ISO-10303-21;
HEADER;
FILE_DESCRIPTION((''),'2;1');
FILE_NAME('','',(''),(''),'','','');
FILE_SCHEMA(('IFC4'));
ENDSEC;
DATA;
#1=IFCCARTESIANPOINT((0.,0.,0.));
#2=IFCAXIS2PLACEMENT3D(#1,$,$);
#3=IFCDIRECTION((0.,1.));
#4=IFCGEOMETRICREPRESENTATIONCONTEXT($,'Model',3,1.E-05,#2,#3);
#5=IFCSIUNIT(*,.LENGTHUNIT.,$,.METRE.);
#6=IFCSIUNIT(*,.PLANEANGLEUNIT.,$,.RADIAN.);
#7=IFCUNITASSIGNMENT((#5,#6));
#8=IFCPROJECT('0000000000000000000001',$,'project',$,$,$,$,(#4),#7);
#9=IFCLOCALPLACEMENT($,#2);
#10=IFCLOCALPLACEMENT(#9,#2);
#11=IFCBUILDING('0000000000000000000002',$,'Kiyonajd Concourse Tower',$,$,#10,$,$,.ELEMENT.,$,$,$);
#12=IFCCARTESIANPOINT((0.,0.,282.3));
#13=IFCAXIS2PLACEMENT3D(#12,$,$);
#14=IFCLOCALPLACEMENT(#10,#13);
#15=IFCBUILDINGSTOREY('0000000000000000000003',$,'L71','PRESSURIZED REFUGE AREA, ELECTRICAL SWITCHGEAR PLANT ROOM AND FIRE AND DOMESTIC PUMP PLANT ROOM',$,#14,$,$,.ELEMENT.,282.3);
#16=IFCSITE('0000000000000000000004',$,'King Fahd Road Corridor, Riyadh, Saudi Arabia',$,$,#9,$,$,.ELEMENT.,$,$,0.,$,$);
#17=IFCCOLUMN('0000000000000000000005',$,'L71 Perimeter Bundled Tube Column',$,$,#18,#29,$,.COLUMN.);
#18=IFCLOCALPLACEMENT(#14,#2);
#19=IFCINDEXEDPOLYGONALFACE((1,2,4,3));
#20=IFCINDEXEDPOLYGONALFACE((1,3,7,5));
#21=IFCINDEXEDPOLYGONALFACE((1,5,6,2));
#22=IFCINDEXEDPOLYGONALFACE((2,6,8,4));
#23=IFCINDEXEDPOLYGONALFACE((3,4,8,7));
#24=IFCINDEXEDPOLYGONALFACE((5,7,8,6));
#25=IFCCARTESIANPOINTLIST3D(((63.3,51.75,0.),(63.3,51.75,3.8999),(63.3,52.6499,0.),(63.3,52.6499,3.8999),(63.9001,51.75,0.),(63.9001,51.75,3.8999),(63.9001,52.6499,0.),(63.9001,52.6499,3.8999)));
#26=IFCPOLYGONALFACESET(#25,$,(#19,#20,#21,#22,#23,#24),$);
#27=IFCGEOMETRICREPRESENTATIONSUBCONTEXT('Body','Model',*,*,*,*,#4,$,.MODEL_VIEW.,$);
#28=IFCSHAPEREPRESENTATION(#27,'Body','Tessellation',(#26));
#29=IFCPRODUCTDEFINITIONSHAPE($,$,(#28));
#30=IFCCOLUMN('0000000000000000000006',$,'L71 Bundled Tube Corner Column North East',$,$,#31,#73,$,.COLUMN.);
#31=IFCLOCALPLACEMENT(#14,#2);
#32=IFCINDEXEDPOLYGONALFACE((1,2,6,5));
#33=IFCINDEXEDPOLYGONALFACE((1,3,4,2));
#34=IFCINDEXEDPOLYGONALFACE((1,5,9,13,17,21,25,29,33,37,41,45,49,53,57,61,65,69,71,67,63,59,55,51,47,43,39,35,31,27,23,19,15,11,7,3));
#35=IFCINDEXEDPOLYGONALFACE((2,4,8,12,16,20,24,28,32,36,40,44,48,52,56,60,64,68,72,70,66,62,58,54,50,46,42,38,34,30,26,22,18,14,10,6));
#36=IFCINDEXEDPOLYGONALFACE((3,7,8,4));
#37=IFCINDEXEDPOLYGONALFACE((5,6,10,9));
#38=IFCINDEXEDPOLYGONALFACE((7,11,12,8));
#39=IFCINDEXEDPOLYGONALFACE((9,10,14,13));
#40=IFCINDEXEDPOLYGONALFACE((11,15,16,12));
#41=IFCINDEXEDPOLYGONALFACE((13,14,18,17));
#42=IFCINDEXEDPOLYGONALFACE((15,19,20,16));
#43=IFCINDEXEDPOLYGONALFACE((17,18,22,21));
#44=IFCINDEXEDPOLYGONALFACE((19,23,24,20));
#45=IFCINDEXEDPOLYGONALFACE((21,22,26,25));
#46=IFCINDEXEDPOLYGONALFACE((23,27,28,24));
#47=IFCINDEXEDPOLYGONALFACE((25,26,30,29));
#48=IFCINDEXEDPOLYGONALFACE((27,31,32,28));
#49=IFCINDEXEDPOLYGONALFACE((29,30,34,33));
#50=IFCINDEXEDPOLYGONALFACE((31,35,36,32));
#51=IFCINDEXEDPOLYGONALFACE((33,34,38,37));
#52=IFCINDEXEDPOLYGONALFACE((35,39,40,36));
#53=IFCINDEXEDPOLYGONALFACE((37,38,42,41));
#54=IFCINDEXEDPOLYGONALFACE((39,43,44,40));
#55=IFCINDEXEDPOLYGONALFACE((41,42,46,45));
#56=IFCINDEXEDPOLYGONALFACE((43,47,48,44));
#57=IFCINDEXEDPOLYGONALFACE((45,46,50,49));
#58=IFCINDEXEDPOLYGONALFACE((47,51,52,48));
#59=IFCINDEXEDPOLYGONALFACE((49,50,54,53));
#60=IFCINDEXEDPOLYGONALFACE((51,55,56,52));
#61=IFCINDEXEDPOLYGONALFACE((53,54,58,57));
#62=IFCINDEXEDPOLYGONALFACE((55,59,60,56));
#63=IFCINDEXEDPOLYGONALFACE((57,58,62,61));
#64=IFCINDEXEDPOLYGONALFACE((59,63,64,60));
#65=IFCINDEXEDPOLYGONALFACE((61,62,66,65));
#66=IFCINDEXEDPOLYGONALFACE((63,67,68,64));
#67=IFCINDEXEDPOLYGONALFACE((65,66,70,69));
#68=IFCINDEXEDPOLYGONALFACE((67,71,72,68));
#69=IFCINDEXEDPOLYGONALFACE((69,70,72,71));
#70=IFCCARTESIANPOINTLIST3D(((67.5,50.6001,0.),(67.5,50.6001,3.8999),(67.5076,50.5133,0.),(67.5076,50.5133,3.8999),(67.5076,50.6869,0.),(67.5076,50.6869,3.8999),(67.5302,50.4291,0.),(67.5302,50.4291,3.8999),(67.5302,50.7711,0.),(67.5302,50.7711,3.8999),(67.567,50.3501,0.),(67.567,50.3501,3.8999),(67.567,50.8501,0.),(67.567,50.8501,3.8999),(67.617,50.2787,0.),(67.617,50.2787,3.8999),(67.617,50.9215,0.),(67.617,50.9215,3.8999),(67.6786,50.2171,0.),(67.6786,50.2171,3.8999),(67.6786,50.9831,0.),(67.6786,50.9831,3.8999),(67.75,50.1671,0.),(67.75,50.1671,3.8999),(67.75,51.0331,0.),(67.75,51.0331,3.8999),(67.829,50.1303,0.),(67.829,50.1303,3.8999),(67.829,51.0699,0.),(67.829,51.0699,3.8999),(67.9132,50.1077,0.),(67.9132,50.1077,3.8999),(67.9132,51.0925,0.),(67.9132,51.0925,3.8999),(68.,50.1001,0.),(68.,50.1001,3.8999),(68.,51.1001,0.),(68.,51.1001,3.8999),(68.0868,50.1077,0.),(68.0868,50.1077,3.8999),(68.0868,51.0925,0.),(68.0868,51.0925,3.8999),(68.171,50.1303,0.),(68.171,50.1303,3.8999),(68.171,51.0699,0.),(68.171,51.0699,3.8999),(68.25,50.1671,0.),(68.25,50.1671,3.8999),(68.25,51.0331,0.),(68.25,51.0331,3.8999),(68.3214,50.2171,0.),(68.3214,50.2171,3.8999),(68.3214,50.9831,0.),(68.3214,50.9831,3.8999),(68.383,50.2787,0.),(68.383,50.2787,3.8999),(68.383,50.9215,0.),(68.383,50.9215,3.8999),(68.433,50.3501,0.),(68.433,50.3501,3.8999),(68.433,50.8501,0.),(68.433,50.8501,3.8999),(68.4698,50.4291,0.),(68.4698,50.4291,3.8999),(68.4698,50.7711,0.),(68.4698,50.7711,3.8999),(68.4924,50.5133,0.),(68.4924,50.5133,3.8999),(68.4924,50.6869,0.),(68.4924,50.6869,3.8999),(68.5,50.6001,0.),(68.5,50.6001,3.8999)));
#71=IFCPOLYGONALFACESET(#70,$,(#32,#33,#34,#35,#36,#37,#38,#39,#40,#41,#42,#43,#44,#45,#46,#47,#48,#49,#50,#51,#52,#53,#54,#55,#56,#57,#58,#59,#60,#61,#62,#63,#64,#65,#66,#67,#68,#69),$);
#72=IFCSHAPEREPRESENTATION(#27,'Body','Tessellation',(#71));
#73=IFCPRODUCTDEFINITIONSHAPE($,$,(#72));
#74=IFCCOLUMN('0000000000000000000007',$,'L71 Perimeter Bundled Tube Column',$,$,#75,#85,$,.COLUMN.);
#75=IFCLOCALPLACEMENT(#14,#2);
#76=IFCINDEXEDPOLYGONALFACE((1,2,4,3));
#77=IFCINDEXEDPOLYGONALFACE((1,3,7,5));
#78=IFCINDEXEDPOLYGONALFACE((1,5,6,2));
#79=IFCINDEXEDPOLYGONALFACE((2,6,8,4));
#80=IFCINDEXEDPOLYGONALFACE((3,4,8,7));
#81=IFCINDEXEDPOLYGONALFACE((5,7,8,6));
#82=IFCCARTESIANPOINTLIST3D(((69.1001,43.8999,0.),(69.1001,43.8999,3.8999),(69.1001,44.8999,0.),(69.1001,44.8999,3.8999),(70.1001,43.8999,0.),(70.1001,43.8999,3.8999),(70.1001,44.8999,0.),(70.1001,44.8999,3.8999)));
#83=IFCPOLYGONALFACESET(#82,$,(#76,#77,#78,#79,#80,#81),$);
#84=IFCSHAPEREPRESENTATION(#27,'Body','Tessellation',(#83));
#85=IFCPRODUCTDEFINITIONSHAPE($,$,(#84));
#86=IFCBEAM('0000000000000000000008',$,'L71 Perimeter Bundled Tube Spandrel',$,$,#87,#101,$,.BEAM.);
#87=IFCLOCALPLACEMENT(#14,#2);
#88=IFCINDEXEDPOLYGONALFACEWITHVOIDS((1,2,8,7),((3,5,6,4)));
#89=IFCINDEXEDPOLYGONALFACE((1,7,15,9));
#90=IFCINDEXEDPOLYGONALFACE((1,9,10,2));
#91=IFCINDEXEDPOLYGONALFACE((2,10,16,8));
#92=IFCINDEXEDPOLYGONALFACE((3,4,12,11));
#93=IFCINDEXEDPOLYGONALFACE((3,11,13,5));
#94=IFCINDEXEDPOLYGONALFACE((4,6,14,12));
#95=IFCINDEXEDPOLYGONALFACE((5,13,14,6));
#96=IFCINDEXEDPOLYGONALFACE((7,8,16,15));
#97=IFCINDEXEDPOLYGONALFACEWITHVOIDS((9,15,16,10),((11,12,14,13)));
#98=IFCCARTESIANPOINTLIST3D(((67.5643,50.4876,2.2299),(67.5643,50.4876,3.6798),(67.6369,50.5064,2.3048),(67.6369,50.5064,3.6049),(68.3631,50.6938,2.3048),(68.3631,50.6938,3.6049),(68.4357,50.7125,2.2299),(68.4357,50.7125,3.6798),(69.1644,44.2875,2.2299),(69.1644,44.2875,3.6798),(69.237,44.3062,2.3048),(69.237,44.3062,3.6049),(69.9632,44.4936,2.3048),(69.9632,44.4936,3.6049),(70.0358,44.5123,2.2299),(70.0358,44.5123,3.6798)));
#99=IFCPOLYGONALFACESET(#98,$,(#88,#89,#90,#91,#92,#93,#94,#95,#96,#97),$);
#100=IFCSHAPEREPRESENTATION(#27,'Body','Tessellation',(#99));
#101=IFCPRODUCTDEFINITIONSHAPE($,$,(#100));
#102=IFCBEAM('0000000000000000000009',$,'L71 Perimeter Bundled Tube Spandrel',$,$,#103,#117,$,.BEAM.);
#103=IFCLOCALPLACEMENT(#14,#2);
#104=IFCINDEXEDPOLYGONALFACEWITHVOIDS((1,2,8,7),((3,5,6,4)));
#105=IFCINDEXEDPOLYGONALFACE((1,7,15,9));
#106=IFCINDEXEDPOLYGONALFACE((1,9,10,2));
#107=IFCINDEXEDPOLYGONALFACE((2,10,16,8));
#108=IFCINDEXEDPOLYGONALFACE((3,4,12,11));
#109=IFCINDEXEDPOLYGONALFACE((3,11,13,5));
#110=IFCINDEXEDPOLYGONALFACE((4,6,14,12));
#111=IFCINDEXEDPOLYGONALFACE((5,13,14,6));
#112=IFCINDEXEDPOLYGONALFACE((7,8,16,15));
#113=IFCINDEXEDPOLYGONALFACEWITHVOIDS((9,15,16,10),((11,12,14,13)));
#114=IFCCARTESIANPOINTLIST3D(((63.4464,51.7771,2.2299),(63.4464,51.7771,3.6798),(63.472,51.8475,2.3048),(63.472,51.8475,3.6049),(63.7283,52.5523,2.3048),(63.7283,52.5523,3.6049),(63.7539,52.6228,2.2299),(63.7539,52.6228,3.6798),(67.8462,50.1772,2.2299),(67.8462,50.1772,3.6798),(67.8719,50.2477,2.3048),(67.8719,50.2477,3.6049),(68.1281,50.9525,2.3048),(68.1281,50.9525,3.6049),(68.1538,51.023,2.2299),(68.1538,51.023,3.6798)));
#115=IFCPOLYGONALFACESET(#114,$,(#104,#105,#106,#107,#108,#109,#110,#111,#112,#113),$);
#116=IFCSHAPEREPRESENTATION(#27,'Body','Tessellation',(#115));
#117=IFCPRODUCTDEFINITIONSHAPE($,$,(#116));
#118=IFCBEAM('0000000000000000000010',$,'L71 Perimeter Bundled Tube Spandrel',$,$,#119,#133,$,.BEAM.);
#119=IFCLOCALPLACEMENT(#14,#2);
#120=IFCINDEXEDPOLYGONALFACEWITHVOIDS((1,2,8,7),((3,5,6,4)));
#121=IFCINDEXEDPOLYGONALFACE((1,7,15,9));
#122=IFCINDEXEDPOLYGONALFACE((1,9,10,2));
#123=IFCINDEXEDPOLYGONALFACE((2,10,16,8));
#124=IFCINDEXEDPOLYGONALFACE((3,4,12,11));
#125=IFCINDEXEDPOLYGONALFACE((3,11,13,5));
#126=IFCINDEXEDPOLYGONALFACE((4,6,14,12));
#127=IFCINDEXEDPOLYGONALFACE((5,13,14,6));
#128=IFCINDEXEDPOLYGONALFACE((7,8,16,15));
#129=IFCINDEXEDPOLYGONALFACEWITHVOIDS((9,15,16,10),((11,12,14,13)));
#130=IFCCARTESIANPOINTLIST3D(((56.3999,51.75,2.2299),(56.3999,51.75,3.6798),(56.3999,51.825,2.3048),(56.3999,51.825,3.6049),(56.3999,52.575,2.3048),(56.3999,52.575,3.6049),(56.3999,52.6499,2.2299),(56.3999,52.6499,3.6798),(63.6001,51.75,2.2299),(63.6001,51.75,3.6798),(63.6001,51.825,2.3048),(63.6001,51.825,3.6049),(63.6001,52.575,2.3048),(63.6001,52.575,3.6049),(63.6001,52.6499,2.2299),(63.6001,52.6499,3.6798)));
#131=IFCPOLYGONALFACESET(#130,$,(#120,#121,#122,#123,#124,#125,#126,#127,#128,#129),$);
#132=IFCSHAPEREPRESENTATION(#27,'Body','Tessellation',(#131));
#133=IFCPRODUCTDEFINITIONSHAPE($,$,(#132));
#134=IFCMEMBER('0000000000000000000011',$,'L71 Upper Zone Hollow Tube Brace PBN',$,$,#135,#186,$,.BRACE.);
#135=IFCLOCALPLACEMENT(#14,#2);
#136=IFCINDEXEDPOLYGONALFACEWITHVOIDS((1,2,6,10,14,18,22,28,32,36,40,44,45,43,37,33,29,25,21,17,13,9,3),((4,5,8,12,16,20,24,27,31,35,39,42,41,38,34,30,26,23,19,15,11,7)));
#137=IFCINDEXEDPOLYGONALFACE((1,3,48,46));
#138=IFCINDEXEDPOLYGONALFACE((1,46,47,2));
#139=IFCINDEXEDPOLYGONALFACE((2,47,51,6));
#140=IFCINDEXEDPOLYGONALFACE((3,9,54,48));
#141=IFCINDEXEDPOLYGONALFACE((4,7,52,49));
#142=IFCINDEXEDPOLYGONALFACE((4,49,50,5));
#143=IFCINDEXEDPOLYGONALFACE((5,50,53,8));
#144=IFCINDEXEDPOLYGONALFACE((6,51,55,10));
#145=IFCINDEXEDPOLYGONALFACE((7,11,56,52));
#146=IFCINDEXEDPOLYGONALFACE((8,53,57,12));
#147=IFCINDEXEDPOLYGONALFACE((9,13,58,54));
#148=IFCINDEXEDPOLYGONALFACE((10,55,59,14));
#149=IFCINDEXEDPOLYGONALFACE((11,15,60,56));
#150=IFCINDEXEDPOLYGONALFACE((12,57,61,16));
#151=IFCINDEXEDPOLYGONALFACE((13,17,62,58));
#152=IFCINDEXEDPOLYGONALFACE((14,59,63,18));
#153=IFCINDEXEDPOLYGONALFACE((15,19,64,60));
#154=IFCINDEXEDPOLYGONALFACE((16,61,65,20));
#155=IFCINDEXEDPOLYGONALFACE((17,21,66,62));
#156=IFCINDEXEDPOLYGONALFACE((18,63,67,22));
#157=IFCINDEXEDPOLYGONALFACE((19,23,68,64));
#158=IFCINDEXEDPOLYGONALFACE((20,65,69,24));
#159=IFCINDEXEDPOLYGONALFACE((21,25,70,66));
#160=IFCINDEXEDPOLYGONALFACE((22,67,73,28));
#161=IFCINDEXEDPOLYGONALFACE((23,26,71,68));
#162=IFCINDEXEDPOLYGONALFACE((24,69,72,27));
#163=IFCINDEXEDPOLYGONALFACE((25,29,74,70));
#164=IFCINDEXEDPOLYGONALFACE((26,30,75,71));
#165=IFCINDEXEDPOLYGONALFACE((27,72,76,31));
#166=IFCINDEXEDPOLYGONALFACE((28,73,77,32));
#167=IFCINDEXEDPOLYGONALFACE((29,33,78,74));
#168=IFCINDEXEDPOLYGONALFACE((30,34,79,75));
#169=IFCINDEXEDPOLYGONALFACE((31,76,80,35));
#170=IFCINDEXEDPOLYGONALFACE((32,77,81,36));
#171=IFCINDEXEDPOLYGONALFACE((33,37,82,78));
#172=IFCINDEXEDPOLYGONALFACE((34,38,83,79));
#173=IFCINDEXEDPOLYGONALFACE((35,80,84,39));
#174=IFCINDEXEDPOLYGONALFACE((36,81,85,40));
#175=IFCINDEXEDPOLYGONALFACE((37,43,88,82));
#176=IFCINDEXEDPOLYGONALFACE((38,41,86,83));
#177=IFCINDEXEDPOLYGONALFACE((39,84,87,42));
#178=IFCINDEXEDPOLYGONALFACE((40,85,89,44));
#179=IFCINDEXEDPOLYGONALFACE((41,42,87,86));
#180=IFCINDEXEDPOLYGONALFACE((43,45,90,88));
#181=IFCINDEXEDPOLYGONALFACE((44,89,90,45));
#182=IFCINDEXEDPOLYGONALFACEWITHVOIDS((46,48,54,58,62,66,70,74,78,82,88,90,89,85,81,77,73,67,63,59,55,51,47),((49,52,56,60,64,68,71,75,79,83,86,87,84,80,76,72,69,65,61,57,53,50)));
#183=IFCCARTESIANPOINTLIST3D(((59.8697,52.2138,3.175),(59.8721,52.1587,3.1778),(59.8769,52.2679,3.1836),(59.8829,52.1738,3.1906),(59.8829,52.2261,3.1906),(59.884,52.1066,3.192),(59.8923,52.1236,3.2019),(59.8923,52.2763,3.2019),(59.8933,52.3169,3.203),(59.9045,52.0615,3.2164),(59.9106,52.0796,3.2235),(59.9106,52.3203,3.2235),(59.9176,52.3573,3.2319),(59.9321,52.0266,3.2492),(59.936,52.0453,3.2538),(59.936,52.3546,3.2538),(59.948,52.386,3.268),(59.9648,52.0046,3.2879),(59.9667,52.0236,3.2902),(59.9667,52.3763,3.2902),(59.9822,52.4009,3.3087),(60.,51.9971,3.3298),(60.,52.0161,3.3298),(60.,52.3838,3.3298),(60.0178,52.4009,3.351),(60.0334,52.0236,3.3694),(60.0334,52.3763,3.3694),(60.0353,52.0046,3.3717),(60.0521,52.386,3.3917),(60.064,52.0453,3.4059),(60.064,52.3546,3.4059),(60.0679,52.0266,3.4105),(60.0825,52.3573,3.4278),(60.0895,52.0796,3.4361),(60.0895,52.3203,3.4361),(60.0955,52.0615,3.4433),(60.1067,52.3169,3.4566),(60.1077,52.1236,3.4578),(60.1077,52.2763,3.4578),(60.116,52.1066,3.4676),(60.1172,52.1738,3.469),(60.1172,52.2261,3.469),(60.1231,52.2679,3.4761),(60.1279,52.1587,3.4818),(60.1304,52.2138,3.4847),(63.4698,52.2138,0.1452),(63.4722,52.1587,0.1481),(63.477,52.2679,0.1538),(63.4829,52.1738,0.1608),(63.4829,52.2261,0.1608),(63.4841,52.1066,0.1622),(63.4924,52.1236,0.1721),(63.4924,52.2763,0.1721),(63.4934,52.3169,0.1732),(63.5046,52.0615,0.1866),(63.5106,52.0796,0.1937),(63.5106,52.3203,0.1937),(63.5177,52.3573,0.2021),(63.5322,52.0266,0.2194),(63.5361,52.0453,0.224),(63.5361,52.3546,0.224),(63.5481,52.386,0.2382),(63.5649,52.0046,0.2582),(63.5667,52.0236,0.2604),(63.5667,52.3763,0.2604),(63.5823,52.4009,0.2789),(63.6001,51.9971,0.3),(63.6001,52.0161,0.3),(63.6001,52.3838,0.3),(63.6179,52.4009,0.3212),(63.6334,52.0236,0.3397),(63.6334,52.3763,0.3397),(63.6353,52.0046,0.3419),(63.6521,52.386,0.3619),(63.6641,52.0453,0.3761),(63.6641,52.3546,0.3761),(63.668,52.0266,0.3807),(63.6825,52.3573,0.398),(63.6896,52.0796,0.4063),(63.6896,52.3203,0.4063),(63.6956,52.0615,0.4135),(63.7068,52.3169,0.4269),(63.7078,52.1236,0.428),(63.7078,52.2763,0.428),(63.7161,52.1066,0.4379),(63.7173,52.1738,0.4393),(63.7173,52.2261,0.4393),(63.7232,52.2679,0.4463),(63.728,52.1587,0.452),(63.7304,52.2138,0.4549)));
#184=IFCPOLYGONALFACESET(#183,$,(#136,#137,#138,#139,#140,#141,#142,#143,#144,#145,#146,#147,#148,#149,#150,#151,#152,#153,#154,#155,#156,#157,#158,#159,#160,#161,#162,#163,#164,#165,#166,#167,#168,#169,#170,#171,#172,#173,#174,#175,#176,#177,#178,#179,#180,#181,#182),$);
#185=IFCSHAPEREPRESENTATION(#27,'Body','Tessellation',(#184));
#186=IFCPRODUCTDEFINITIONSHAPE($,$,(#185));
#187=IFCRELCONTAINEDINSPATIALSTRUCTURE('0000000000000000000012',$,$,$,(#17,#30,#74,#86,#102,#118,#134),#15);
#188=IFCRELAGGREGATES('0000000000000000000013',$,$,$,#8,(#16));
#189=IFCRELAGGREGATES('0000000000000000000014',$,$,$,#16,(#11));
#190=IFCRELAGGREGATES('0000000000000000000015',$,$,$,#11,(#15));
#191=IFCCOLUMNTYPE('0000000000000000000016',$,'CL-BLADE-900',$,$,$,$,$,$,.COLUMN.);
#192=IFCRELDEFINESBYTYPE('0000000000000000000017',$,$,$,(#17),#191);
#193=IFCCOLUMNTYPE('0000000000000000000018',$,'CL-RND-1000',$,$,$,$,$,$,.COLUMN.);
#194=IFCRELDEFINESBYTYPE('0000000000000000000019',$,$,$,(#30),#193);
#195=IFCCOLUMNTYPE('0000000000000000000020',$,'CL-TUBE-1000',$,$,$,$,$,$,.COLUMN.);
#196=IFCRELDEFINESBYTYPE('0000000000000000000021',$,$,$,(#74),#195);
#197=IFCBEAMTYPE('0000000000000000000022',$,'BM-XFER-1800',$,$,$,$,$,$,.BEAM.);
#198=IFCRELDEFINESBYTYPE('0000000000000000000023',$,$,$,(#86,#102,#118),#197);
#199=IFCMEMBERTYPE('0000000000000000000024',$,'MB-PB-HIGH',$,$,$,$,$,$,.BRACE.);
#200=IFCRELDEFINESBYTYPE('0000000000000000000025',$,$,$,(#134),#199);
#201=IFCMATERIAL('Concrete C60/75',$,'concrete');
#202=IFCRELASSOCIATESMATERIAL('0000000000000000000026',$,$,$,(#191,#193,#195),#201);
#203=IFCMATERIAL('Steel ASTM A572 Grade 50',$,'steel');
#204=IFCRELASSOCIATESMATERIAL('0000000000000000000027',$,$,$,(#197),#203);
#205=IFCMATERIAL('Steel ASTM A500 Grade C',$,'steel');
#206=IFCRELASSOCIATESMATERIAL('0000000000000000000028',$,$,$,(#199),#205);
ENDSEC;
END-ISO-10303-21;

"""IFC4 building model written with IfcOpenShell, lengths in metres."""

from ifc_helpers import new_model, si_unit, direction, frame, origin, origin_2d, place, context, subcontext, project, spatial, rectangle, hollow_rectangle, circle, hollow_circle, extrude, material, material_profile, profile_set, type_object, element, save


model = new_model("IFC4")

# Units and contexts
model_context = context("Model", 3, precision=1e-05, world=origin(), true_north=direction((0.0, 1.0)))
body_context = subcontext(model_context, "Body", "Model", "MODEL_VIEW")
ifc_project = project(units=[si_unit("LENGTHUNIT", "METRE"), si_unit("PLANEANGLEUNIT", "RADIAN")], contexts=[model_context])

# Site, building, storey
site_placement = place(None, origin())
site = spatial("IfcSite", under=ifc_project, at=site_placement, Name="King Fahd Road Corridor, Riyadh, Saudi Arabia", CompositionType="ELEMENT", RefElevation=0.0)
building_placement = place(site_placement, origin())
building = spatial("IfcBuilding", under=site, at=building_placement, Name="Kiyonajd Concourse Tower", CompositionType="ELEMENT")
storey_placement = place(building_placement, frame((0.0, 0.0, 282.3)))
storey = spatial("IfcBuildingStorey", under=building, at=storey_placement, Name="L71", Description="PRESSURIZED REFUGE AREA, ELECTRICAL SWITCHGEAR PLANT ROOM AND FIRE AND DOMESTIC PUMP PLANT ROOM", CompositionType="ELEMENT", Elevation=282.3)

# Columns
ifc_material_1 = material(Name="Concrete C60/75", Category="concrete")
ifc_material_profile_1 = material_profile(ifc_material_1, rectangle(XDim=0.6001, YDim=0.8999, at=origin_2d()), Name="RC-900x600")
ifc_profile_set_1 = profile_set([ifc_material_profile_1], Name="Concrete C60/75")
column_type_1 = type_object("IfcColumnType", Name="CL-BLADE-900", PredefinedType="COLUMN", material=ifc_profile_set_1)
column_1_placement = place(storey_placement, frame((63.6001, 52.2, 0.0), z_axis=(0.0, 0.0, 1.0), x_axis=(1.0, 0.0, 0.0)))
element("IfcColumn", 1, at=column_1_placement, inside=storey, type_object=column_type_1, Name="L71 Perimeter Bundled Tube Column", PredefinedType="COLUMN", context=body_context, shape_type="SweptSolid", body=[
    extrude(rectangle(XDim=0.6001, YDim=0.8999, at=origin_2d()), origin(), (0.0, 0.0, 1.0), 3.8999),
])
ifc_material_profile_2 = material_profile(ifc_material_1, circle(Radius=0.5, at=origin_2d()), Name="RCC-D1000")
ifc_profile_set_2 = profile_set([ifc_material_profile_2], Name="Concrete C60/75")
column_type_2 = type_object("IfcColumnType", Name="CL-RND-1000", PredefinedType="COLUMN", material=ifc_profile_set_2)
column_2_placement = place(storey_placement, frame((68.0, 50.6001, 0.0), z_axis=(0.0, 0.0, 1.0), x_axis=(1.0, 0.0, 0.0)))
element("IfcColumn", 2, at=column_2_placement, inside=storey, type_object=column_type_2, Name="L71 Bundled Tube Corner Column North East", PredefinedType="COLUMN", context=body_context, shape_type="SweptSolid", body=[
    extrude(circle(Radius=0.5, at=origin_2d()), origin(), (0.0, 0.0, 1.0), 3.8999),
])
ifc_material_profile_3 = material_profile(ifc_material_1, rectangle(XDim=1.0, YDim=1.0, at=origin_2d()), Name="RC-1000x1000")
ifc_profile_set_3 = profile_set([ifc_material_profile_3], Name="Concrete C60/75")
column_type_3 = type_object("IfcColumnType", Name="CL-TUBE-1000", PredefinedType="COLUMN", material=ifc_profile_set_3)
column_3_placement = place(storey_placement, frame((69.6001, 44.3999, 0.0), z_axis=(0.0, 0.0, 1.0), x_axis=(1.0, 0.0, 0.0)))
element("IfcColumn", 3, at=column_3_placement, inside=storey, type_object=column_type_3, Name="L71 Perimeter Bundled Tube Column", PredefinedType="COLUMN", context=body_context, shape_type="SweptSolid", body=[
    extrude(rectangle(XDim=1.0, YDim=1.0, at=origin_2d()), origin(), (0.0, 0.0, 1.0), 3.8999),
])

# Beams
ifc_material_2 = material(Name="Steel ASTM A572 Grade 50", Category="steel")
ifc_material_profile_4 = material_profile(ifc_material_2, hollow_rectangle(XDim=0.8999, YDim=1.45, WallThickness=0.075, at=origin_2d()), Name="BOX-1450x900x75")
ifc_profile_set_4 = profile_set([ifc_material_profile_4], Name="Steel ASTM A572 Grade 50")
beam_type = type_object("IfcBeamType", Name="BM-XFER-1800", PredefinedType="BEAM", material=ifc_profile_set_4)
beam_1_placement = place(storey_placement, frame((69.6001, 44.3999, 2.9548), z_axis=(-0.249885, 0.968276, 0.0), x_axis=(-0.968276, -0.249885, 0.0)))
element("IfcBeam", 4, at=beam_1_placement, inside=storey, type_object=beam_type, Name="L71 Perimeter Bundled Tube Spandrel", PredefinedType="BEAM", context=body_context, shape_type="SweptSolid", body=[
    extrude(hollow_rectangle(XDim=0.8999, YDim=1.45, WallThickness=0.075, at=origin_2d()), origin(), (0.0, 0.0, 1.0), 6.4033),
])
beam_2_placement = place(storey_placement, frame((68.0, 50.6001, 2.9548), z_axis=(-0.939801, 0.341722, 0.0), x_axis=(-0.341722, -0.939801, 0.0)))
element("IfcBeam", 5, at=beam_2_placement, inside=storey, type_object=beam_type, Name="L71 Perimeter Bundled Tube Spandrel", PredefinedType="BEAM", context=body_context, shape_type="SweptSolid", body=[
    extrude(hollow_rectangle(XDim=0.8999, YDim=1.45, WallThickness=0.075, at=origin_2d()), origin(), (0.0, 0.0, 1.0), 4.6816),
])
beam_3_placement = place(storey_placement, frame((63.6001, 52.2, 2.9548), z_axis=(-1.0, 0.0, 0.0), x_axis=(0.0, -1.0, 0.0)))
element("IfcBeam", 6, at=beam_3_placement, inside=storey, type_object=beam_type, Name="L71 Perimeter Bundled Tube Spandrel", PredefinedType="BEAM", context=body_context, shape_type="SweptSolid", body=[
    extrude(hollow_rectangle(XDim=0.8999, YDim=1.45, WallThickness=0.075, at=origin_2d()), origin(), (0.0, 0.0, 1.0), 7.2002),
])

# Member
ifc_material_3 = material(Name="Steel ASTM A500 Grade C", Category="steel")
ifc_material_profile_5 = material_profile(ifc_material_3, hollow_circle(Radius=0.2029, WallThickness=0.019, at=origin_2d()), Name="CHS-406x19")
ifc_profile_set_5 = profile_set([ifc_material_profile_5], Name="Steel ASTM A500 Grade C")
member_type = type_object("IfcMemberType", Name="MB-PB-HIGH", PredefinedType="BRACE", material=ifc_profile_set_5)
member_1_placement = place(storey_placement, frame((63.6001, 52.2, 0.3), z_axis=(-0.765108, 0.0, 0.643902), x_axis=(0.0, -1.0, 0.0)))
element("IfcMember", 7, at=member_1_placement, inside=storey, type_object=member_type, Name="L71 Upper Zone Hollow Tube Brace PBN", PredefinedType="BRACE", context=body_context, shape_type="SweptSolid", body=[
    extrude(hollow_circle(Radius=0.2029, WallThickness=0.019, at=origin_2d()), origin(), (0.0, 0.0, 1.0), 4.7053),
])

save(model, "model.ifc")
